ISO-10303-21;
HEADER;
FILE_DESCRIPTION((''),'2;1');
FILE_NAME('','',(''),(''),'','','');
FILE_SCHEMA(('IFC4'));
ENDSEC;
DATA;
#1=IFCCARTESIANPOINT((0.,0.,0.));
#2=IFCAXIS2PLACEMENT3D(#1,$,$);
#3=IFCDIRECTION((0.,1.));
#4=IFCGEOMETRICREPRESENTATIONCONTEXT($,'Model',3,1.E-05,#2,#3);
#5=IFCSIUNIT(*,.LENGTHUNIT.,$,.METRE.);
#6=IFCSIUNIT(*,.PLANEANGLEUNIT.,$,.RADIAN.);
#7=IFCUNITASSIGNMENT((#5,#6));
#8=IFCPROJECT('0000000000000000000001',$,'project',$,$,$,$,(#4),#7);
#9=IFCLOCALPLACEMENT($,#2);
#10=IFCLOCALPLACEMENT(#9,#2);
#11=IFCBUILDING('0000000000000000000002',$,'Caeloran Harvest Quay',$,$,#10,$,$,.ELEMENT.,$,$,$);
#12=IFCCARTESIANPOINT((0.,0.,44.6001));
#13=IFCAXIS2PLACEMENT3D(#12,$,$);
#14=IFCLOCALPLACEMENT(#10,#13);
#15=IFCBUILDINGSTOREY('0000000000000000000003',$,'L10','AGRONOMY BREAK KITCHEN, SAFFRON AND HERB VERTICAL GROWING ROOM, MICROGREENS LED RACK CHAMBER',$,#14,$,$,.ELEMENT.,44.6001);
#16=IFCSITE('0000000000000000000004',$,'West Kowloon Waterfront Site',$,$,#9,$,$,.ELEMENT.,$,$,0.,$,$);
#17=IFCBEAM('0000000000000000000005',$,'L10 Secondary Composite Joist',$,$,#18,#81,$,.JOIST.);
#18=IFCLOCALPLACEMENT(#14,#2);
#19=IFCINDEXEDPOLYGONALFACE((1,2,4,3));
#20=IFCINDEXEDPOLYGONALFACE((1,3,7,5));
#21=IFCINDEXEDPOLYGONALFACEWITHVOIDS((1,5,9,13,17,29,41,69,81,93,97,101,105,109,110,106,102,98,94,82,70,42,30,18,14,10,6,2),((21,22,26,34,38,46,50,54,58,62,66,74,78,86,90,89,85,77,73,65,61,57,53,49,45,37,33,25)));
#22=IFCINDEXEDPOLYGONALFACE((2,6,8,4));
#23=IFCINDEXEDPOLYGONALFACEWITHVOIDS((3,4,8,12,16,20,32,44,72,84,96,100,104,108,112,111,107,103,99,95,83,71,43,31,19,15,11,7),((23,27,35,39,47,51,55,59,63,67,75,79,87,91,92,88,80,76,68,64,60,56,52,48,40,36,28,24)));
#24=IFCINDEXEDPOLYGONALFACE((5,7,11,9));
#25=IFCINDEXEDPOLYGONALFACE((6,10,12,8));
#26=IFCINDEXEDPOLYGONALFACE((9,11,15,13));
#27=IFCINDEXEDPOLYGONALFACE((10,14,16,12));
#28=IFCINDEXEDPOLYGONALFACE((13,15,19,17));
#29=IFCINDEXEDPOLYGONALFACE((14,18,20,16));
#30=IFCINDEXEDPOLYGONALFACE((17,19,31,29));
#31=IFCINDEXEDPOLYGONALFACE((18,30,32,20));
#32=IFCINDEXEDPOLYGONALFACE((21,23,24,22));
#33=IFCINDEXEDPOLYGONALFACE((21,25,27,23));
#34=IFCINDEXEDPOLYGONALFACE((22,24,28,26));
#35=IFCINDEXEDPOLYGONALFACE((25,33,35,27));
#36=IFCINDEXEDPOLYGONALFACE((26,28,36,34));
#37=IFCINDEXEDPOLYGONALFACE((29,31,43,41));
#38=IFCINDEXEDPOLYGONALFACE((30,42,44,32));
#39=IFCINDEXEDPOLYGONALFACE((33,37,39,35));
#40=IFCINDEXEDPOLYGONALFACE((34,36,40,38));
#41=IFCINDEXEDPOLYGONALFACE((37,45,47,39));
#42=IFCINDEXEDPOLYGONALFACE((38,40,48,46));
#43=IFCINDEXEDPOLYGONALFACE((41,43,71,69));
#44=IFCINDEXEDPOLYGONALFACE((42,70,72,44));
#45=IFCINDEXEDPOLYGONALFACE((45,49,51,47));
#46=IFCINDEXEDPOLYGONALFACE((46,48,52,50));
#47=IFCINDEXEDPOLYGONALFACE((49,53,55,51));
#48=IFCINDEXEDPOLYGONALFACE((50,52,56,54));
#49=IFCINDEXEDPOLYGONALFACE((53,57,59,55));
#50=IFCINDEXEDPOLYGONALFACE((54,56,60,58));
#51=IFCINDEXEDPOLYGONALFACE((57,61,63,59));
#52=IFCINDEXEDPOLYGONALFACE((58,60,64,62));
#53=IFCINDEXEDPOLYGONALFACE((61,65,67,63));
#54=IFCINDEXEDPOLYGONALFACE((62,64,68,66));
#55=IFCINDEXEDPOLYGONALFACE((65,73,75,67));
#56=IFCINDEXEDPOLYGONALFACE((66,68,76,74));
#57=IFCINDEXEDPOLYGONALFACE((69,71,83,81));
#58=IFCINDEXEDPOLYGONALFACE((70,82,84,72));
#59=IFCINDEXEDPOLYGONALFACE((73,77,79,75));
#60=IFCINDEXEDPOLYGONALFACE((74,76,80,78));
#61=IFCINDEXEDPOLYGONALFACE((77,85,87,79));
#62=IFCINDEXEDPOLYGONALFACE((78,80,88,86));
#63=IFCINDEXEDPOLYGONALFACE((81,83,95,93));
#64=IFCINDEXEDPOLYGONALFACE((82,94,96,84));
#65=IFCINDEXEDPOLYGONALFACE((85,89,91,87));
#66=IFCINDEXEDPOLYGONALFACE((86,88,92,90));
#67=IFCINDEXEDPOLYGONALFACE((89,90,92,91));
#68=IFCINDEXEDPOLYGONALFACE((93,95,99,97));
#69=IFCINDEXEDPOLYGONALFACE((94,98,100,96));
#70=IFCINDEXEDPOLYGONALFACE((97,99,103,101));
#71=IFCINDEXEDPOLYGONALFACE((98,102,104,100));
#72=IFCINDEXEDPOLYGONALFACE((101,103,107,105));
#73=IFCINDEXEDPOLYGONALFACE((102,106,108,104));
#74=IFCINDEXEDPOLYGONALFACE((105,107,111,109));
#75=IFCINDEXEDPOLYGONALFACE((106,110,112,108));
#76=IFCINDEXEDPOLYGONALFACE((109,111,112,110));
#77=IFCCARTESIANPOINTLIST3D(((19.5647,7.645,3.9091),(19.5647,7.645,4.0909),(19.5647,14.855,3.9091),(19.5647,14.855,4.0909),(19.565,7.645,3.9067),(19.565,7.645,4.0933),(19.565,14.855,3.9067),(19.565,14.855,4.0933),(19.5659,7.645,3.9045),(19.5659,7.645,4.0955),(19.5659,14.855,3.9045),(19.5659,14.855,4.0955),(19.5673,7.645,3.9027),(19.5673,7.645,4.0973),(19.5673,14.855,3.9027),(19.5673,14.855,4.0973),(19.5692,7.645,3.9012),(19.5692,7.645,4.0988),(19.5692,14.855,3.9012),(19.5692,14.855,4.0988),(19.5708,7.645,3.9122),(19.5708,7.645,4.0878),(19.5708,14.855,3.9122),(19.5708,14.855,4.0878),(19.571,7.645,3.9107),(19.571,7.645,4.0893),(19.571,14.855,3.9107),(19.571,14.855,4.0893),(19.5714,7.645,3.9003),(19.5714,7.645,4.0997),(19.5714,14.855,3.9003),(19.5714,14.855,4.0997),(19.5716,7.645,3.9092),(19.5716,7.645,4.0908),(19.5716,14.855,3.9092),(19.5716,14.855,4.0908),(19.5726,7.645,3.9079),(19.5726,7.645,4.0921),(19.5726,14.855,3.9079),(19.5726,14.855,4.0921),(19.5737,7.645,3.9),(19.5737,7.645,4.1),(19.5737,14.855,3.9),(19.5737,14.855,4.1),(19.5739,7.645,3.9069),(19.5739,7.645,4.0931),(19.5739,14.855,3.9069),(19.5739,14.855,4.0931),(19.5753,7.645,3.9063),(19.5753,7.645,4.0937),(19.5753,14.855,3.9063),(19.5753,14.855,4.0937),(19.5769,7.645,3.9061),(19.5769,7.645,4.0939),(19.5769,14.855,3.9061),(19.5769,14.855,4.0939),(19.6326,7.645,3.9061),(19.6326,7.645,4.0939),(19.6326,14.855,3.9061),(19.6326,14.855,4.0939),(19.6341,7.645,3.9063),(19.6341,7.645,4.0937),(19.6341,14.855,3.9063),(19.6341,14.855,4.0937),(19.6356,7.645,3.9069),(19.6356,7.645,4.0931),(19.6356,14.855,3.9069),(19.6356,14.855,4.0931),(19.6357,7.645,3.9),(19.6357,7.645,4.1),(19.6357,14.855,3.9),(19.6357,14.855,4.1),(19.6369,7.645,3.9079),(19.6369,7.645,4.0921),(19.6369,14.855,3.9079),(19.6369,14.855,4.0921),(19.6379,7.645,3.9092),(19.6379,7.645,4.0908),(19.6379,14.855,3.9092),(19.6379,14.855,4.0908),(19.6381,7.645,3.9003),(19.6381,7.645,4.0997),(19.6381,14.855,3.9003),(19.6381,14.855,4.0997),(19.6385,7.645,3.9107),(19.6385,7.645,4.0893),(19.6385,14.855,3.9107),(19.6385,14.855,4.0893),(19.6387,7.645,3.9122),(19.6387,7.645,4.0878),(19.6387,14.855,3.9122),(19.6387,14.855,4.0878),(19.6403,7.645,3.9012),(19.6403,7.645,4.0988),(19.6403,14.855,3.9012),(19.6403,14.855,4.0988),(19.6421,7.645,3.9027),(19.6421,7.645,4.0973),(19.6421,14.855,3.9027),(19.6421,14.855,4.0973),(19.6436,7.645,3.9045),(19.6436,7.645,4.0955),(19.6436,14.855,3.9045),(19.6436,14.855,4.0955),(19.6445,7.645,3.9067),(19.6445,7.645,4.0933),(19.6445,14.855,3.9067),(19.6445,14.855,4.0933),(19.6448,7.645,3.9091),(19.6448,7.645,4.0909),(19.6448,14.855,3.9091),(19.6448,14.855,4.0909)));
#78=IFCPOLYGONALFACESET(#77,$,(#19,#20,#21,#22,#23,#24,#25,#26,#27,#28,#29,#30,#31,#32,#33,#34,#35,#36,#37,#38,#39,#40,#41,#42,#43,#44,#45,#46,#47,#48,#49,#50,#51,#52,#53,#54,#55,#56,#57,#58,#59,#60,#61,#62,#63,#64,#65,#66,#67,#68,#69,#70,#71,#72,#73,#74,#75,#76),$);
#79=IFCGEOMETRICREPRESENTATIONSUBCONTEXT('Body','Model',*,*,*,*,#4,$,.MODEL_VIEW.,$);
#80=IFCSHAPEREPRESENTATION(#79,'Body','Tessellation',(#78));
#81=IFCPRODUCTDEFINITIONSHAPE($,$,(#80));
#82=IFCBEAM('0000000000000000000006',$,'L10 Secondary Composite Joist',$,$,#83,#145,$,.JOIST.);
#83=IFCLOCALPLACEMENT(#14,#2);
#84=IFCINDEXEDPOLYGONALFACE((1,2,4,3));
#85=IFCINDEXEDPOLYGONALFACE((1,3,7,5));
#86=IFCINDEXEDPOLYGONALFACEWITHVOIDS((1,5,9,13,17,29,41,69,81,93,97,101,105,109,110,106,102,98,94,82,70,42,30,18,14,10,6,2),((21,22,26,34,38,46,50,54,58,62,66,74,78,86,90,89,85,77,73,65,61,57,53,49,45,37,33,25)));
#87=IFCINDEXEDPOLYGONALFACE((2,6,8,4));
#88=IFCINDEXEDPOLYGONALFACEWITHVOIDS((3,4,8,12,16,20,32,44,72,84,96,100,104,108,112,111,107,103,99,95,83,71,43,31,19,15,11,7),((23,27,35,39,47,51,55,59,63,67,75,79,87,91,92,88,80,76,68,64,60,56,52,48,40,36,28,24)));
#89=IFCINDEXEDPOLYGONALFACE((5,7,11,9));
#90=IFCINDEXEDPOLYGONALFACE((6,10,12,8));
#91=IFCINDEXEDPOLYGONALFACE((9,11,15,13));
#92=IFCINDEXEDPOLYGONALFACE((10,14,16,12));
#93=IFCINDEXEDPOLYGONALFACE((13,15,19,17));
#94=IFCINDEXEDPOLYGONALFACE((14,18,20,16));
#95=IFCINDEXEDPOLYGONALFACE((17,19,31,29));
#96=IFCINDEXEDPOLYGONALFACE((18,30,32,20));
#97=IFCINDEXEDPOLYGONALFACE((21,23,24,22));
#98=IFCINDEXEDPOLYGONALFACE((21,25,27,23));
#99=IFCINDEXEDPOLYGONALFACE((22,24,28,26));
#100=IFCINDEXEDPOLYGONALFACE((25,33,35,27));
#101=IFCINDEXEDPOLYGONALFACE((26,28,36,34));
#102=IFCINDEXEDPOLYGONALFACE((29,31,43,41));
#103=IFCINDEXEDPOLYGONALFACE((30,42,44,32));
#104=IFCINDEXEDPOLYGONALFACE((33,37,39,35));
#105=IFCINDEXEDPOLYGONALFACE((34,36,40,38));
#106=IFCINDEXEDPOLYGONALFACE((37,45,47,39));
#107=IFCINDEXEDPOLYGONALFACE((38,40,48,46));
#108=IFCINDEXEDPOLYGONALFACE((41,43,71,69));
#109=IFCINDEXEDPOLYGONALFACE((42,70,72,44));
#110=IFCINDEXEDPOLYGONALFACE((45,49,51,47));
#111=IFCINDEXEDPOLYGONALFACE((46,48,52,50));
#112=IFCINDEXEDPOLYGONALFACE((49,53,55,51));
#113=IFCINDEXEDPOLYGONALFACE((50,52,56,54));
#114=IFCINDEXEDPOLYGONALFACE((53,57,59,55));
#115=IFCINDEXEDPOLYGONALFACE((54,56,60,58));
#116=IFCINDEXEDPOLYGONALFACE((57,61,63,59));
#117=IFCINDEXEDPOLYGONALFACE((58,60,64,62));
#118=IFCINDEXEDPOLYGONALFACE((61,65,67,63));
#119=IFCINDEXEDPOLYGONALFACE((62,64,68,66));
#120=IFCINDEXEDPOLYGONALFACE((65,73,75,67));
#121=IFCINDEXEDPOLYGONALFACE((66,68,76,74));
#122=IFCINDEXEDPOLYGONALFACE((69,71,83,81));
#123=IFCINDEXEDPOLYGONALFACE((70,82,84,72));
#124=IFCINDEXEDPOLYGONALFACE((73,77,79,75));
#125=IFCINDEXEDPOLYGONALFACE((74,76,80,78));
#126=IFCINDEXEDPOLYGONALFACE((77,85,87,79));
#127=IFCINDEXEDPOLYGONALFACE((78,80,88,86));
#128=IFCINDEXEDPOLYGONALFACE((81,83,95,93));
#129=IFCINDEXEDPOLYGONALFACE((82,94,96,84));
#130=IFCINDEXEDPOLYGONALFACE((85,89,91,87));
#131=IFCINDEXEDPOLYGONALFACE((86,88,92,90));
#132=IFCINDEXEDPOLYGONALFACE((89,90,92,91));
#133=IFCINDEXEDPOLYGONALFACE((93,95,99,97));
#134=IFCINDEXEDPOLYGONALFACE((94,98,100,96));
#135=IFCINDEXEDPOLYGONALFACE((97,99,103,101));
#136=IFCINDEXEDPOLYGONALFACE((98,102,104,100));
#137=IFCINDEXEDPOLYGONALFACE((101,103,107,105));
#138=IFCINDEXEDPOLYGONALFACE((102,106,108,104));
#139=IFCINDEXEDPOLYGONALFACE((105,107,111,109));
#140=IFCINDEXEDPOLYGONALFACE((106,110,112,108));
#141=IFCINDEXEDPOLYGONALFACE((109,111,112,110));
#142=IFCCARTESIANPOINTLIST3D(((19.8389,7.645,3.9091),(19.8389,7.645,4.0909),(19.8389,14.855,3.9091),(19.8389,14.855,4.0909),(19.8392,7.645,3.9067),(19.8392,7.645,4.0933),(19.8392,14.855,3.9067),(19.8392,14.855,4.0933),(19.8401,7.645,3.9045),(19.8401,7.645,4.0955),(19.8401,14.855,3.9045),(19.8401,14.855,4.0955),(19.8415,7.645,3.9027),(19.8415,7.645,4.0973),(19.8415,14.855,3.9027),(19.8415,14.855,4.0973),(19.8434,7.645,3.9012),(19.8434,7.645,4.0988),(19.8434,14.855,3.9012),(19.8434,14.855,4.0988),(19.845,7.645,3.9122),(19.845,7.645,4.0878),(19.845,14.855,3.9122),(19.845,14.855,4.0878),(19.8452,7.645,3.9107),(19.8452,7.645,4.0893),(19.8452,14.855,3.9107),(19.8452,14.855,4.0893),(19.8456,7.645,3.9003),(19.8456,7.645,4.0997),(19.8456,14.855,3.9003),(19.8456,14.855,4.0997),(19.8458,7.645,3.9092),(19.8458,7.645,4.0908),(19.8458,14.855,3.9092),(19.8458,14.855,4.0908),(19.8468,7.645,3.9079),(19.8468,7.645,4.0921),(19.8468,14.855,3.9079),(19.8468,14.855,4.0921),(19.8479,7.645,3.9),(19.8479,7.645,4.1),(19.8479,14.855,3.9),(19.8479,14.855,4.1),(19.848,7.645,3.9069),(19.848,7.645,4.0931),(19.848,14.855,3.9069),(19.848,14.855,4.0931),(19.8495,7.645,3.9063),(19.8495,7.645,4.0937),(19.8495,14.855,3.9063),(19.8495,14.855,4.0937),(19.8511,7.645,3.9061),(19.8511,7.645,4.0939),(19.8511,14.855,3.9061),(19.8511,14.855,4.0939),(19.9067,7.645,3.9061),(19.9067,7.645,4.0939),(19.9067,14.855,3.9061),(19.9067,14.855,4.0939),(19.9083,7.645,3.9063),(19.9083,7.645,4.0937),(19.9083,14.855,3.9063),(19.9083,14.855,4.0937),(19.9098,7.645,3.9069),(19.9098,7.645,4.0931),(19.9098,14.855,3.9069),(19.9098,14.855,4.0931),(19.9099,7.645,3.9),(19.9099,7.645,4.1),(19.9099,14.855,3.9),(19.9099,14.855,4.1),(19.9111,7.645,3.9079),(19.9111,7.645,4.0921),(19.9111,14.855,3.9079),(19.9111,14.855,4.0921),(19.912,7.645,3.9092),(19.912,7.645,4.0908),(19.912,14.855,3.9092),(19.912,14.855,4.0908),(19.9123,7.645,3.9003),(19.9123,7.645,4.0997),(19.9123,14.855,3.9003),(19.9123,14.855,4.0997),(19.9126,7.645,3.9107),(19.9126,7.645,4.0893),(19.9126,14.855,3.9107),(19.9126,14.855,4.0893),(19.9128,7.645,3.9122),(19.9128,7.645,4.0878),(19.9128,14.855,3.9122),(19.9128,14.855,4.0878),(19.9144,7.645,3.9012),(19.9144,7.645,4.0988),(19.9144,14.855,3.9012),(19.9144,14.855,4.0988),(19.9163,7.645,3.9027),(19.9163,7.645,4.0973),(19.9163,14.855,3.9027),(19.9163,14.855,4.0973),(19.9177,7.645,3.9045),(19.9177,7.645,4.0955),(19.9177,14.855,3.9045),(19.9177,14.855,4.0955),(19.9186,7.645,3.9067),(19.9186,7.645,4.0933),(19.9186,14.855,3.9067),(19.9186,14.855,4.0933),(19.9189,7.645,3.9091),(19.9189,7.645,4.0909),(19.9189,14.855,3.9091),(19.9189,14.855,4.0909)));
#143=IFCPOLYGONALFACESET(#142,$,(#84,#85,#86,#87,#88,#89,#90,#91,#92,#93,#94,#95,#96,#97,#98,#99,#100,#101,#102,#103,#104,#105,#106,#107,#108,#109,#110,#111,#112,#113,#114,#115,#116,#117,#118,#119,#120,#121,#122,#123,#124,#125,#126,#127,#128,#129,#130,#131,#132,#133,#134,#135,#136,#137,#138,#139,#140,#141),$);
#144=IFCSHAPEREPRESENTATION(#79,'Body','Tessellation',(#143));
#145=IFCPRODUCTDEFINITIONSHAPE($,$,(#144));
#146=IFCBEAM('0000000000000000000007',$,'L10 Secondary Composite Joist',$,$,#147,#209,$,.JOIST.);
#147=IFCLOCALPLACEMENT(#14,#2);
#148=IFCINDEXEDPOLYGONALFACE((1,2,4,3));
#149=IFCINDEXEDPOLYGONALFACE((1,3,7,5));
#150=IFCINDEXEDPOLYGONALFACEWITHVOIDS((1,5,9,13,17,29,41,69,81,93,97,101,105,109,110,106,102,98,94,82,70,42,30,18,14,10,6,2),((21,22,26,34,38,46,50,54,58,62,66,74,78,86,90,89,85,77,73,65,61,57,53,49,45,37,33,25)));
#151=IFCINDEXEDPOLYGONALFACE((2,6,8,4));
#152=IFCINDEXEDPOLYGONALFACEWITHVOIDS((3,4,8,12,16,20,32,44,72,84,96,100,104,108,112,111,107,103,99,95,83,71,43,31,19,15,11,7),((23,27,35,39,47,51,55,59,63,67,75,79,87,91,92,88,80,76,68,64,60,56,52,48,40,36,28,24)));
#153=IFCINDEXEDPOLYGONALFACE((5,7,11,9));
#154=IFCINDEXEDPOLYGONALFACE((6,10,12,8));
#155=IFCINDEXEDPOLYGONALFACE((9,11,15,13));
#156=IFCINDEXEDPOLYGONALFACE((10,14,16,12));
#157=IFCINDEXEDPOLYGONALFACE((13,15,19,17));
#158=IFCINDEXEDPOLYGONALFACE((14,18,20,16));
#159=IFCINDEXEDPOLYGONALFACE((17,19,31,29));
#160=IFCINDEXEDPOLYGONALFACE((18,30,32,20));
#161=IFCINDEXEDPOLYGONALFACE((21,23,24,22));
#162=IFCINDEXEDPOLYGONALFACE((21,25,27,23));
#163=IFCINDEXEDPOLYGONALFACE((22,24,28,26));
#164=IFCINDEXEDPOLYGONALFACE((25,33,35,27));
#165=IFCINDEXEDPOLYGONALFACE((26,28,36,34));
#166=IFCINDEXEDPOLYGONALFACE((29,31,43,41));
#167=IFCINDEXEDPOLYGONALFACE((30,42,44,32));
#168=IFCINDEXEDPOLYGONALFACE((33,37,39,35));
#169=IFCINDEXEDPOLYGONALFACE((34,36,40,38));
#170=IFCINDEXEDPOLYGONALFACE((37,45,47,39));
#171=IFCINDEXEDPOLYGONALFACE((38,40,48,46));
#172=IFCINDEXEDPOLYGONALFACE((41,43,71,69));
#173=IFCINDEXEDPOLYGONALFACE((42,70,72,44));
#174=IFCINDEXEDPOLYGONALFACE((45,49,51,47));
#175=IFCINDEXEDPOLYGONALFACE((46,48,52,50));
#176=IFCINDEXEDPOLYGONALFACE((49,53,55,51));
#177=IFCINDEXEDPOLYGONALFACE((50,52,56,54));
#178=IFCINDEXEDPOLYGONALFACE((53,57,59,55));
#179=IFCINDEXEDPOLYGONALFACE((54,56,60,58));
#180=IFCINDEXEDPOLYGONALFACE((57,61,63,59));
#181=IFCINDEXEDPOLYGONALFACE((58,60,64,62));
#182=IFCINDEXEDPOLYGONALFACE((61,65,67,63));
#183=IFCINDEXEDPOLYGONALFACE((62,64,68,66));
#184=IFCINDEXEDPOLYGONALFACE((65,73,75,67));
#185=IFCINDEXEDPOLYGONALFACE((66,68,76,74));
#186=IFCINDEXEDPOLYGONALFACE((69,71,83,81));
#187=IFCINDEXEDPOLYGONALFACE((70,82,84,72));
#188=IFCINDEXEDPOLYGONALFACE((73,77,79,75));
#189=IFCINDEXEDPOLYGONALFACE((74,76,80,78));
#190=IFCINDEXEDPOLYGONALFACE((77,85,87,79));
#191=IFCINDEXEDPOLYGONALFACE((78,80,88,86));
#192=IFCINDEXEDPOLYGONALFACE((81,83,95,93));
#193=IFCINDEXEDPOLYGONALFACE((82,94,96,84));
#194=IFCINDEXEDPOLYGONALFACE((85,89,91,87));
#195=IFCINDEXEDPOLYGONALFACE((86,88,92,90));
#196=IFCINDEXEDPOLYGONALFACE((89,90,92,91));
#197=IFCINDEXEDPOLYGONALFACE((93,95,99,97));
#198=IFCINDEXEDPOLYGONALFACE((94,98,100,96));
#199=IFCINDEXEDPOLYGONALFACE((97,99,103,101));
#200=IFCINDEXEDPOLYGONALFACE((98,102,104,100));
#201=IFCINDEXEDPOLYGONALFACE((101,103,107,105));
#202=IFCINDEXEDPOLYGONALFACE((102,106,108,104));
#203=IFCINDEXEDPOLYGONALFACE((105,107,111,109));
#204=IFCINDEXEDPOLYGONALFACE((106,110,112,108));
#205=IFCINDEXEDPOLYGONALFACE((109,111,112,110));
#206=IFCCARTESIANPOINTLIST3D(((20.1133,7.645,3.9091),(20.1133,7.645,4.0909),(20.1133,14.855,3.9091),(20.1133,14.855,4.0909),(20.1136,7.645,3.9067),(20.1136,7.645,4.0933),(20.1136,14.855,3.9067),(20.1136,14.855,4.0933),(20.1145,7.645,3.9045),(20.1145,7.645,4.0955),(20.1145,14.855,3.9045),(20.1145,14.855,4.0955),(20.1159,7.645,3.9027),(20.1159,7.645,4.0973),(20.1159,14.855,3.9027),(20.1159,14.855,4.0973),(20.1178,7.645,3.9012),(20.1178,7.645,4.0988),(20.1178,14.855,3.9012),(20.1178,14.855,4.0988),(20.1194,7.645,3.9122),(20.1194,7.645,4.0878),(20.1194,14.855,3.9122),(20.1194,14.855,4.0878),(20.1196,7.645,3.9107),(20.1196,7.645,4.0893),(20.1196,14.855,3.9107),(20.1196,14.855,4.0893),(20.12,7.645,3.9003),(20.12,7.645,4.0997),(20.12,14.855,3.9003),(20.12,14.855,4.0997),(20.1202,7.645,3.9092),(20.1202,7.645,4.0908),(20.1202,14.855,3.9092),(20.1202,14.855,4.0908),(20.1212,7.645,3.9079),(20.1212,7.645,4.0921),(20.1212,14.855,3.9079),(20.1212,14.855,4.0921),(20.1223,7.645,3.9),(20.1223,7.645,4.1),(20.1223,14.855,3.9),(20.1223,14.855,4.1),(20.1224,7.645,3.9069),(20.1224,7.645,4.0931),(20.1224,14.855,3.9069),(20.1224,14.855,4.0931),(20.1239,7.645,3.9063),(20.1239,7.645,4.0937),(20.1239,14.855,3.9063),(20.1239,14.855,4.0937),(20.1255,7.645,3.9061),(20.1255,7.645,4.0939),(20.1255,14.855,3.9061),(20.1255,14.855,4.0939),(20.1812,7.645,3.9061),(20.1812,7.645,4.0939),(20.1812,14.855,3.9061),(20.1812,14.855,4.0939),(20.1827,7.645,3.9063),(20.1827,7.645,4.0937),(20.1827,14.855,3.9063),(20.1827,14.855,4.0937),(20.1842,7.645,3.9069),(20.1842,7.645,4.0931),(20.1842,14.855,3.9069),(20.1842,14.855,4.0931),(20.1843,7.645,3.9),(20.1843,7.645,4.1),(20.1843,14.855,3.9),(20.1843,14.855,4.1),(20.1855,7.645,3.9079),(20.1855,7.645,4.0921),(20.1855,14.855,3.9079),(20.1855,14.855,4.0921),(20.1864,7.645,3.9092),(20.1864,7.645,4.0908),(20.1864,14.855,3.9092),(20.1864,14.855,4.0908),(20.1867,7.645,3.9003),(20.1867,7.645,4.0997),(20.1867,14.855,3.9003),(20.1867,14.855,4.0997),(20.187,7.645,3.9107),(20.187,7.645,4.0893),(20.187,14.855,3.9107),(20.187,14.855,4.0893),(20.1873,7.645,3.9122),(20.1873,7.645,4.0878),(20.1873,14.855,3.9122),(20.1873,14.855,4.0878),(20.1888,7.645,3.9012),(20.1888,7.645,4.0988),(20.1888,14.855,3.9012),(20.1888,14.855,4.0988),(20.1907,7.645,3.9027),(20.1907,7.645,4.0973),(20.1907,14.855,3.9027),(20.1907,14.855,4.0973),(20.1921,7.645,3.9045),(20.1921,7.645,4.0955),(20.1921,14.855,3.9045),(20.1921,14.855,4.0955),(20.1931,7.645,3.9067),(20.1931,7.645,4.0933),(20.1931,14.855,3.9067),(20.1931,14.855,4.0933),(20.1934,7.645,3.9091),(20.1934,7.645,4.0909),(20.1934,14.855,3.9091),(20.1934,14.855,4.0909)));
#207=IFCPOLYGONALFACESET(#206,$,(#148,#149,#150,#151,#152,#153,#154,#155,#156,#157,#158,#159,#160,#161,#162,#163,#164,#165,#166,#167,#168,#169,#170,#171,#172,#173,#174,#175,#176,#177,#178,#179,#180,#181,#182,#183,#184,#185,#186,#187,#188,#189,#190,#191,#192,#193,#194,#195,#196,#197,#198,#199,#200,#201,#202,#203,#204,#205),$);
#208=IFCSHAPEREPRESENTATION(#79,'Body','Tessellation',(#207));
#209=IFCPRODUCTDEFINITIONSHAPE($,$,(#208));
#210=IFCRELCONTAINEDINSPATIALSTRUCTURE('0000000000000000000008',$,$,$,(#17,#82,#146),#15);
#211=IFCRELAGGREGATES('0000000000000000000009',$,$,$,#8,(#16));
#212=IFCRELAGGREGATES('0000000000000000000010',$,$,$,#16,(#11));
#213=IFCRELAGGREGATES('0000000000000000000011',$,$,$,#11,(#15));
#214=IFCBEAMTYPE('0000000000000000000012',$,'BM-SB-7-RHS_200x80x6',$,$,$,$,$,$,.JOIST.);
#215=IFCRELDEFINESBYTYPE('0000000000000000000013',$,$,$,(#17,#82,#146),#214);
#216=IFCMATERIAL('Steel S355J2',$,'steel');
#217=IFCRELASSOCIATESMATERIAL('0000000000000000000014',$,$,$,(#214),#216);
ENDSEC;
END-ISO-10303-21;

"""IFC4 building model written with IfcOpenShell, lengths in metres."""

from ifc_helpers import new_model, si_unit, direction, frame, origin, origin_2d, place, context, subcontext, project, spatial, hollow_rectangle, extrude, material, material_profile, profile_set, type_object, element, save


model = new_model("IFC4")

# Units and contexts
model_context = context("Model", 3, precision=1e-05, world=origin(), true_north=direction((0.0, 1.0)))
body_context = subcontext(model_context, "Body", "Model", "MODEL_VIEW")
ifc_project = project(units=[si_unit("LENGTHUNIT", "METRE"), si_unit("PLANEANGLEUNIT", "RADIAN")], contexts=[model_context])

# Site, building, storey
site_placement = place(None, origin())
site = spatial("IfcSite", under=ifc_project, at=site_placement, Name="West Kowloon Waterfront Site", CompositionType="ELEMENT", RefElevation=0.0)
building_placement = place(site_placement, origin())
building = spatial("IfcBuilding", under=site, at=building_placement, Name="Caeloran Harvest Quay", CompositionType="ELEMENT")
storey_placement = place(building_placement, frame((0.0, 0.0, 44.6001)))
storey = spatial("IfcBuildingStorey", under=building, at=storey_placement, Name="L10", Description="AGRONOMY BREAK KITCHEN, SAFFRON AND HERB VERTICAL GROWING ROOM, MICROGREENS LED RACK CHAMBER", CompositionType="ELEMENT", Elevation=44.6001)

# Beams
ifc_material_1 = material(Name="Steel S355J2", Category="steel")
ifc_material_profile_1 = material_profile(ifc_material_1, hollow_rectangle(XDim=0.0801, YDim=0.2, WallThickness=0.0061, InnerFilletRadius=0.0061, OuterFilletRadius=0.009, at=origin_2d()), Name="RHS 200x80x6")
ifc_profile_set_1 = profile_set([ifc_material_profile_1], Name="Steel S355J2")
beam_type_1 = type_object("IfcBeamType", Name="BM-SB-7-RHS_200x80x6", PredefinedType="JOIST", material=ifc_profile_set_1)
for number, where, z_axis, x_axis, name in (
    (1, (19.6047, 7.645, 4.0), (0.0, 1.0, 0.0), (-1.0, 0.0, 0.0), "L10 Secondary Composite Joist"),
    (2, (19.8789, 7.645, 4.0), (0.0, 1.0, 0.0), (-1.0, 0.0, 0.0), "L10 Secondary Composite Joist"),
    (3, (20.1533, 7.645, 4.0), (0.0, 1.0, 0.0), (-1.0, 0.0, 0.0), "L10 Secondary Composite Joist"),
):
    element("IfcBeam", number, at=place(storey_placement, frame(where, z_axis=z_axis, x_axis=x_axis)), inside=storey, type_object=beam_type_1, Name=name, PredefinedType="JOIST", context=body_context, shape_type="SweptSolid", body=[
        extrude(hollow_rectangle(XDim=0.0801, YDim=0.2, WallThickness=0.0061, InnerFilletRadius=0.0061, OuterFilletRadius=0.009, at=origin_2d()), origin(), (0.0, 0.0, 1.0), 7.21),
    ])

save(model, "model.ifc")
